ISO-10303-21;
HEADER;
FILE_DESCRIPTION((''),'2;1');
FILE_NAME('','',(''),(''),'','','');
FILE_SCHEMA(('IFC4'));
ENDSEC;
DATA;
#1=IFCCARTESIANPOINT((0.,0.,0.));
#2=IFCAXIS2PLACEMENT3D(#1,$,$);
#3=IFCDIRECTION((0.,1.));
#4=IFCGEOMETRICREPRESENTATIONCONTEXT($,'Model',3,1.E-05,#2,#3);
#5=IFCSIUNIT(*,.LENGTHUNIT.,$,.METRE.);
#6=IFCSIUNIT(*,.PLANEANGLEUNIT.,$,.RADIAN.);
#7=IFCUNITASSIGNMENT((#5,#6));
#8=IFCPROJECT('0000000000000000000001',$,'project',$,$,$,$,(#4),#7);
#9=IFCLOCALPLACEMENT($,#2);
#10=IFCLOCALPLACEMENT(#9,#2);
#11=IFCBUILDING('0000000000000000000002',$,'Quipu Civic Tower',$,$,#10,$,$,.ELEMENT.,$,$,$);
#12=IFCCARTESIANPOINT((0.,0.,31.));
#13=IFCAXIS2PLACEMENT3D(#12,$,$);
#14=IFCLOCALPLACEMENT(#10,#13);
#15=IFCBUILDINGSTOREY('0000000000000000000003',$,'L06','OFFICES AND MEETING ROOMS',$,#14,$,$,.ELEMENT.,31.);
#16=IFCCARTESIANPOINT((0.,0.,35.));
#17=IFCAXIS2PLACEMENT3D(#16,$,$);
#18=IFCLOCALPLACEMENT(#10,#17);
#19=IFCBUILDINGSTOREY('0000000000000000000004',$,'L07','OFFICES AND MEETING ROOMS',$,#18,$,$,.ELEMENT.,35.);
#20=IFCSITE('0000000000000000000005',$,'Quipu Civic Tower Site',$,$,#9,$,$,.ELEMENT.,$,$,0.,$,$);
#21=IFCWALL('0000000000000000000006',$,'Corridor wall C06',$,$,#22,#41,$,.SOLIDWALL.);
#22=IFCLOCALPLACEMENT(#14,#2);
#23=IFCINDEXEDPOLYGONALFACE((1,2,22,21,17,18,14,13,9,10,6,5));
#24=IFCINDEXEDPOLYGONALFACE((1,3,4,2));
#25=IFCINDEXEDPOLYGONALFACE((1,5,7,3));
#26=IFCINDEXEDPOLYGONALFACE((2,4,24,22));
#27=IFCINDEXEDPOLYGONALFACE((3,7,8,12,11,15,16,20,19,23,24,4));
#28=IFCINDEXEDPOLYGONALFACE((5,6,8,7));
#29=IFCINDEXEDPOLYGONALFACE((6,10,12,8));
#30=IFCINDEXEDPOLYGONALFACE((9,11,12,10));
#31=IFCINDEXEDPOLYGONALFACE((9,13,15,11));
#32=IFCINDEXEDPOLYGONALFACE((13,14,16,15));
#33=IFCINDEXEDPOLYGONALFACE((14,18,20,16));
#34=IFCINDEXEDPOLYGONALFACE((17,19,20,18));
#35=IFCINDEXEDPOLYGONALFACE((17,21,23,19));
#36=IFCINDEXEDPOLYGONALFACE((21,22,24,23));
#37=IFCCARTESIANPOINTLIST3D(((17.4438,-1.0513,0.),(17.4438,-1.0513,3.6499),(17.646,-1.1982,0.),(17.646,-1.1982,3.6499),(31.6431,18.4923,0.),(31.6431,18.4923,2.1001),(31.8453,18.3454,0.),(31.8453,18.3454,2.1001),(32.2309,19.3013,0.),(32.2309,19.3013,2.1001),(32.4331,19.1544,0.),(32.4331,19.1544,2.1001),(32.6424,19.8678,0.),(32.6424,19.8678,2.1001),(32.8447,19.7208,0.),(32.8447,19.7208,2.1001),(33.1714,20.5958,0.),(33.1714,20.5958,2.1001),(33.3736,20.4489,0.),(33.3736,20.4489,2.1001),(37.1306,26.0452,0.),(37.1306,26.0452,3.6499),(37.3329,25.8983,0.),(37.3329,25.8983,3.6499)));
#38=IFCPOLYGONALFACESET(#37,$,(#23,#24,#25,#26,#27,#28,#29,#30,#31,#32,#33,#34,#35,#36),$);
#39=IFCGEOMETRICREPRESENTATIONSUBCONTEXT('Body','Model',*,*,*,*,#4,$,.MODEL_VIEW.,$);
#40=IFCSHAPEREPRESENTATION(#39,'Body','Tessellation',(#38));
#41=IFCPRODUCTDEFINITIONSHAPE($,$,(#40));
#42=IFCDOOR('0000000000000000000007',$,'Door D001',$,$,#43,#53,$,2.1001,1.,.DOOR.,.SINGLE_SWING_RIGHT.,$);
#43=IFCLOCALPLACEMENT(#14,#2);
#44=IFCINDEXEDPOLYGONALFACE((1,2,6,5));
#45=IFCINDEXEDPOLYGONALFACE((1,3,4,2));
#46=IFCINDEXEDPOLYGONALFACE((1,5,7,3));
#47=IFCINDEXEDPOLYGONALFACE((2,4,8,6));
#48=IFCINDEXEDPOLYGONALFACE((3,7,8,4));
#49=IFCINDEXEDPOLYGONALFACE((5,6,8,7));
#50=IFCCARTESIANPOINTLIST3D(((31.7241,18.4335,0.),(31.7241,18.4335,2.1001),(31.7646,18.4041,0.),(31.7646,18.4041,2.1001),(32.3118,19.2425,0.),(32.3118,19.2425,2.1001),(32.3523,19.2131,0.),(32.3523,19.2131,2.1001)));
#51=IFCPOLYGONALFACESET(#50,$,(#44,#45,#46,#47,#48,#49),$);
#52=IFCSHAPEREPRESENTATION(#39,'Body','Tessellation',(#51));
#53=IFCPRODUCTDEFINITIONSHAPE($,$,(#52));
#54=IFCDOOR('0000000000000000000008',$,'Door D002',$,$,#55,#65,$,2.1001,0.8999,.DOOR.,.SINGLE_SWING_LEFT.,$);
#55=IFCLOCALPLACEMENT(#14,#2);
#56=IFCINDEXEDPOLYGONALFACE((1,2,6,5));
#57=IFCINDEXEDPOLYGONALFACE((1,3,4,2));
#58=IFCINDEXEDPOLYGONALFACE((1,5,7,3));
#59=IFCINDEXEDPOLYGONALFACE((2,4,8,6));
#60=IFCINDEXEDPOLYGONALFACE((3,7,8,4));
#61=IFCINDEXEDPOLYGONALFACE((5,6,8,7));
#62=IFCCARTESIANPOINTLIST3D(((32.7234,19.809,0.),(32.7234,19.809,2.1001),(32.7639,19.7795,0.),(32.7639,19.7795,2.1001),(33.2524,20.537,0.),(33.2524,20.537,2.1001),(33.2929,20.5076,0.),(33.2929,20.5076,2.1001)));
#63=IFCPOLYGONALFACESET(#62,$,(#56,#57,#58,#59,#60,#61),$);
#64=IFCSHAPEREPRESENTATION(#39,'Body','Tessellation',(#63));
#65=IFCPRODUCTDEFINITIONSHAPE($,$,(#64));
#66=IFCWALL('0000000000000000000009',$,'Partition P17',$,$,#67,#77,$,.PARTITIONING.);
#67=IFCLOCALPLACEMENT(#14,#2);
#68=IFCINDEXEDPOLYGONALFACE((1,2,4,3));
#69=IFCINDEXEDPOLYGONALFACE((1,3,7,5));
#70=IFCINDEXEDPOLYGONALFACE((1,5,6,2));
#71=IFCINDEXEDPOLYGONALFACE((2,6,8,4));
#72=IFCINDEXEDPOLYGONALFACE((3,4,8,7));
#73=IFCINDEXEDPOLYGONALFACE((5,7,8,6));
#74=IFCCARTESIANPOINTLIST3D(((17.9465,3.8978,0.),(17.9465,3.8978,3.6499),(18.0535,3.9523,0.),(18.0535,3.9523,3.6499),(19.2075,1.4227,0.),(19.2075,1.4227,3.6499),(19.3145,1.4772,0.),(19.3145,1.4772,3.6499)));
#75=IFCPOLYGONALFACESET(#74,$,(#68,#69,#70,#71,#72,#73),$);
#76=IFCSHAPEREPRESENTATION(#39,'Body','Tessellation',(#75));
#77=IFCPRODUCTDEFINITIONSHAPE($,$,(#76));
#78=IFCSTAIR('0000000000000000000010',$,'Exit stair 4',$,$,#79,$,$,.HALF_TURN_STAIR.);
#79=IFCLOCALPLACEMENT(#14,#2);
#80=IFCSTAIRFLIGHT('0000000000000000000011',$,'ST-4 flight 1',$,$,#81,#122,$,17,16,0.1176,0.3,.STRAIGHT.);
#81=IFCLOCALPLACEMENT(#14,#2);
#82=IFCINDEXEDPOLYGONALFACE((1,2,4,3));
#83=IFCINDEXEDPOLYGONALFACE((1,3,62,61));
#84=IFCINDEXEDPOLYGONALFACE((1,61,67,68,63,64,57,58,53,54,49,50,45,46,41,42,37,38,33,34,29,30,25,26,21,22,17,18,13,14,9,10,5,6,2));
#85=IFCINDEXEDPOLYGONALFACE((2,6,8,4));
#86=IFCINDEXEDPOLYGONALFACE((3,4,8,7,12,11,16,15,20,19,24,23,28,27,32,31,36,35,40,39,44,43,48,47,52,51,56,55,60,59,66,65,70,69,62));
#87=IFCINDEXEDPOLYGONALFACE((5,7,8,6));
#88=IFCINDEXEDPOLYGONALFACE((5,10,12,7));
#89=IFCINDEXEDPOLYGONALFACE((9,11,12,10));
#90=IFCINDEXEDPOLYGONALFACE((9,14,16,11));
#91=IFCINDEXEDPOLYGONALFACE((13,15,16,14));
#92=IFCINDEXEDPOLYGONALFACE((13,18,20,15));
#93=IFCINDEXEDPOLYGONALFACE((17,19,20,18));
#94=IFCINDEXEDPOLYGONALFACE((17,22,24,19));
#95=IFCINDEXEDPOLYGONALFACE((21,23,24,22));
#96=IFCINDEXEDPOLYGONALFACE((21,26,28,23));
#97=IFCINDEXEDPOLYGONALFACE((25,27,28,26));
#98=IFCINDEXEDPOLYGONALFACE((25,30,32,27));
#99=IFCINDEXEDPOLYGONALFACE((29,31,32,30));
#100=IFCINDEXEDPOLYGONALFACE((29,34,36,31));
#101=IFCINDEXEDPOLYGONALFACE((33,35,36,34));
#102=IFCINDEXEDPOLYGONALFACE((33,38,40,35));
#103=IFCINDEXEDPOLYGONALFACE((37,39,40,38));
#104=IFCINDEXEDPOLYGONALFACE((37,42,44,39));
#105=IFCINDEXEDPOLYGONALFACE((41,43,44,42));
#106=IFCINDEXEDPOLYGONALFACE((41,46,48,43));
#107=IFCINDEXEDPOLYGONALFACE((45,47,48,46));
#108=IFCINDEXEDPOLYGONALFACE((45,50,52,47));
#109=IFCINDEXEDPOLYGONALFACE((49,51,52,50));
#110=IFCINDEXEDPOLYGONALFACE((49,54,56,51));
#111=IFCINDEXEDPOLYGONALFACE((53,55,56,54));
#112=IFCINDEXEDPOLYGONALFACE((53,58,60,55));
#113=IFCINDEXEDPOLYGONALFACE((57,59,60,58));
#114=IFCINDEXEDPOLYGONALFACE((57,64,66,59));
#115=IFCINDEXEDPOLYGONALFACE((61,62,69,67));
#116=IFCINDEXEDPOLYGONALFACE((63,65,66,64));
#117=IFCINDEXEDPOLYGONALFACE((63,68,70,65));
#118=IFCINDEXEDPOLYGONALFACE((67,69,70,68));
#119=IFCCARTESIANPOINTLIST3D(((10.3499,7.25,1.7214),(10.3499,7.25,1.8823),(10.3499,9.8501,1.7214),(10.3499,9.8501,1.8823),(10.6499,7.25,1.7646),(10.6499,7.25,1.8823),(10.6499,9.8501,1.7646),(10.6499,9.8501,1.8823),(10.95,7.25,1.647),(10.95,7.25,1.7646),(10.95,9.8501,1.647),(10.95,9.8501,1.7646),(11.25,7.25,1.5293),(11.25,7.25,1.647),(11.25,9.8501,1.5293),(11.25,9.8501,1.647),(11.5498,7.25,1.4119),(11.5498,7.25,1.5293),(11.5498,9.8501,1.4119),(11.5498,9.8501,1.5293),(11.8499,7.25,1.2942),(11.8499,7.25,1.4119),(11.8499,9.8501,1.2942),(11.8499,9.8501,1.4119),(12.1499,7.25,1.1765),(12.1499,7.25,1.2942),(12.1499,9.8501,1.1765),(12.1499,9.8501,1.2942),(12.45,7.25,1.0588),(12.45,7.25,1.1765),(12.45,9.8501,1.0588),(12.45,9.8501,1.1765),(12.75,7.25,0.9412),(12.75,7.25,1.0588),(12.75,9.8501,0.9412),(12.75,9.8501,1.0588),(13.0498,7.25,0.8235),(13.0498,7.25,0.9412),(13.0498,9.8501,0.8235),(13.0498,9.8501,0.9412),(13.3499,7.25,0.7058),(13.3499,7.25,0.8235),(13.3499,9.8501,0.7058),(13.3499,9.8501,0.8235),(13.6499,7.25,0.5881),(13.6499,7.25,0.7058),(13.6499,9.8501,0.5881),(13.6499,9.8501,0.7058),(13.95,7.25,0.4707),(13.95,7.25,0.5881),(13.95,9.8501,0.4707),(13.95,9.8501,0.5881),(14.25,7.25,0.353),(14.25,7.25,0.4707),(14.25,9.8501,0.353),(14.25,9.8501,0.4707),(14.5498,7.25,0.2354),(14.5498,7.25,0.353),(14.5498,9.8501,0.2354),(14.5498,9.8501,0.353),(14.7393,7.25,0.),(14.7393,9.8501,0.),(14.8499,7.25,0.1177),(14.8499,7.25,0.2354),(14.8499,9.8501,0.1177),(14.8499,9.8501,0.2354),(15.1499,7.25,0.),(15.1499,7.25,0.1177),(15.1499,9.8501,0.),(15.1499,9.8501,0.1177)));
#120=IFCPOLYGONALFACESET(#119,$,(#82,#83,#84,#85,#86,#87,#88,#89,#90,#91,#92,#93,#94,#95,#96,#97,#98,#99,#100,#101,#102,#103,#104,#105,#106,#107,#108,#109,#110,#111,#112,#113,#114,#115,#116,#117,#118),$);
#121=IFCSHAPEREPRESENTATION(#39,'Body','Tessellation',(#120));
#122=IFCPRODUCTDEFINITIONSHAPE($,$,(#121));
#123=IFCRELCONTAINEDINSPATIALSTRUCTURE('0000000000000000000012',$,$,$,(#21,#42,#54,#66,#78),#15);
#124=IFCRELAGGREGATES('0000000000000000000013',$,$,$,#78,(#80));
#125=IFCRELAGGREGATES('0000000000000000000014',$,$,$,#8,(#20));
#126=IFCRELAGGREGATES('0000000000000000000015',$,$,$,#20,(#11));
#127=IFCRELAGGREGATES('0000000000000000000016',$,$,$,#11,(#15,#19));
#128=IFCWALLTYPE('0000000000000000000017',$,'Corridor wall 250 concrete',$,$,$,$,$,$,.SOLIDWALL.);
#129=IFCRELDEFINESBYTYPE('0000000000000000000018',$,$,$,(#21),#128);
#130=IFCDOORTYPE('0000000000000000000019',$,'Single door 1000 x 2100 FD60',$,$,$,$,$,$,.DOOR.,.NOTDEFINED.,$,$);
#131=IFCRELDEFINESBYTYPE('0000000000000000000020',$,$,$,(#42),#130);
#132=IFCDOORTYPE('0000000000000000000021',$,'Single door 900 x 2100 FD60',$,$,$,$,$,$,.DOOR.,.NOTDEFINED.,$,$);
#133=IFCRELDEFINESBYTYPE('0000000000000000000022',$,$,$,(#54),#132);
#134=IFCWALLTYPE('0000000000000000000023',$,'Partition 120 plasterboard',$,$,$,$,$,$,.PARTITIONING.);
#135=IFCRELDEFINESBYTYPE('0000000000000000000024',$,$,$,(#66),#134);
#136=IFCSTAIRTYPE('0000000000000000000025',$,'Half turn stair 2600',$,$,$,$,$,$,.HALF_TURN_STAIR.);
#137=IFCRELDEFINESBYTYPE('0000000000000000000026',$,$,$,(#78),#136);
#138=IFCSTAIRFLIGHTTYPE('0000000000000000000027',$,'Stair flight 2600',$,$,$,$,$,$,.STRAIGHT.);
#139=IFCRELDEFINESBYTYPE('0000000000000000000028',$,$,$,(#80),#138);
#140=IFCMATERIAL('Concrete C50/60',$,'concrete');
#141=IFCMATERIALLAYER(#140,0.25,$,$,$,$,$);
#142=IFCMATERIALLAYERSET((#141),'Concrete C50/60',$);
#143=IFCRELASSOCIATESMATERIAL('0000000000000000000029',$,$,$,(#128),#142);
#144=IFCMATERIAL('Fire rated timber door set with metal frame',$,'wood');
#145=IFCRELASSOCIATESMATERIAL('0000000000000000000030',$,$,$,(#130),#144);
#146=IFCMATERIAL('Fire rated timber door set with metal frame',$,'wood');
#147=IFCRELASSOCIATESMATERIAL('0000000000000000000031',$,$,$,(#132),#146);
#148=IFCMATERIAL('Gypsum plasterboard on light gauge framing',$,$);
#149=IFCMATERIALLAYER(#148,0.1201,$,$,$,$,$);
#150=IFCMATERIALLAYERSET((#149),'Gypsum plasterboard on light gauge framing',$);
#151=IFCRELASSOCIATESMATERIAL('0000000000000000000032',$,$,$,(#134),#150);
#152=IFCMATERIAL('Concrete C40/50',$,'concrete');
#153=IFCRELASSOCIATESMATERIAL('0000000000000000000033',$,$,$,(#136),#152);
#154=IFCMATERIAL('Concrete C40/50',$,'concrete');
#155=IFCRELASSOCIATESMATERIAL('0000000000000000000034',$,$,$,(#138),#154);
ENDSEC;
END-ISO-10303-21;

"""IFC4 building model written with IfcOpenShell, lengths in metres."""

from ifc_helpers import new_model, si_unit, direction, frame, frame_2d, origin, place, context, subcontext, project, spatial, polyline, rectangle, outline, extrude, material, layer, layer_set, type_object, element, fill, aggregate, save


model = new_model("IFC4")

# Units and contexts
model_context = context("Model", 3, precision=1e-05, world=origin(), true_north=direction((0.0, 1.0)))
body_context = subcontext(model_context, "Body", "Model", "MODEL_VIEW")
ifc_project = project(units=[si_unit("LENGTHUNIT", "METRE"), si_unit("PLANEANGLEUNIT", "RADIAN")], contexts=[model_context])

# Site, building, storey
site_placement = place(None, origin())
site = spatial("IfcSite", under=ifc_project, at=site_placement, Name="Quipu Civic Tower Site", CompositionType="ELEMENT", RefElevation=0.0)
building_placement = place(site_placement, origin())
building = spatial("IfcBuilding", under=site, at=building_placement, Name="Quipu Civic Tower", CompositionType="ELEMENT")
storey_1_placement = place(building_placement, frame((0.0, 0.0, 31.0)))
storey_1 = spatial("IfcBuildingStorey", under=building, at=storey_1_placement, Name="L06", Description="OFFICES AND MEETING ROOMS", CompositionType="ELEMENT", Elevation=31.0)

# Shared definitions
storey_2_placement = place(building_placement, frame((0.0, 0.0, 35.0)))
storey_2 = spatial("IfcBuildingStorey", under=building, at=storey_2_placement, Name="L07", Description="OFFICES AND MEETING ROOMS", CompositionType="ELEMENT", Elevation=35.0)

# Wall, openings, doors
ifc_material_1 = material(Name="Concrete C50/60", Category="concrete")
ifc_layer_1 = layer(ifc_material_1, 0.25)
ifc_layer_set_1 = layer_set([ifc_layer_1], Name="Concrete C50/60")
wall_type_1 = type_object("IfcWallType", Name="Corridor wall 250 concrete", PredefinedType="SOLIDWALL", material=ifc_layer_set_1)
wall_1_placement = place(storey_1_placement, frame((17.5449, -1.1248, 0.0), z_axis=(0.0, 0.0, 1.0), x_axis=(0.587786, 0.809016, 0.0)))
wall_1 = element("IfcWall", 1, at=wall_1_placement, inside=storey_1, type_object=wall_type_1, Name="Corridor wall C06", PredefinedType="SOLIDWALL", context=body_context, shape_type="SweptSolid", body=[
    extrude(rectangle(XDim=33.4932, YDim=0.25, at=frame_2d((16.7466, 0.0))), origin(), (0.0, 0.0, 1.0), 3.6499),
])
opening_1_placement = place(wall_1_placement, frame((25.8574, 0.0, 0.0)))
opening_1 = element("IfcOpeningElement", 2, at=opening_1_placement, cuts=wall_1, PredefinedType="OPENING", context=body_context, shape_type="SweptSolid", body=[
    extrude(rectangle(XDim=0.8999, YDim=2.1001, at=frame_2d((0.45, 1.05))), frame((0.0, 0.135, 0.0), z_axis=(0.0, -1.0, 0.0), x_axis=(1.0, 0.0, 0.0)), (0.0, 0.0, 1.0), 0.27),
])
opening_2_placement = place(wall_1_placement, frame((24.1572, 0.0, 0.0)))
opening_2 = element("IfcOpeningElement", 3, at=opening_2_placement, cuts=wall_1, PredefinedType="OPENING", context=body_context, shape_type="SweptSolid", body=[
    extrude(rectangle(XDim=1.0, YDim=2.1001, at=frame_2d((0.5, 1.05))), frame((0.0, 0.135, 0.0), z_axis=(0.0, -1.0, 0.0), x_axis=(1.0, 0.0, 0.0)), (0.0, 0.0, 1.0), 0.27),
])
ifc_material_2 = material(Name="Fire rated timber door set with metal frame", Category="wood")
door_type_1 = type_object("IfcDoorType", Name="Single door 1000 x 2100 FD60", OperationType="NOTDEFINED", PredefinedType="DOOR", material=ifc_material_2)
door_1_placement = place(opening_2_placement, origin())
door_1 = element("IfcDoor", 4, at=door_1_placement, inside=storey_1, type_object=door_type_1, Name="Door D001", OperationType="SINGLE_SWING_RIGHT", OverallHeight=2.1001, OverallWidth=1.0, PredefinedType="DOOR", context=body_context, shape_type="SweptSolid", body=[
    extrude(rectangle(XDim=1.0, YDim=2.1001, at=frame_2d((0.5, 1.05))), frame((0.0, 0.0249, 0.0), z_axis=(0.0, -1.0, 0.0), x_axis=(1.0, 0.0, 0.0)), (0.0, 0.0, 1.0), 0.05),
])
fill(opening_2, door_1)
ifc_material_3 = material(Name="Fire rated timber door set with metal frame", Category="wood")
door_type_2 = type_object("IfcDoorType", Name="Single door 900 x 2100 FD60", OperationType="NOTDEFINED", PredefinedType="DOOR", material=ifc_material_3)
door_2_placement = place(opening_1_placement, origin())
door_2 = element("IfcDoor", 5, at=door_2_placement, inside=storey_1, type_object=door_type_2, Name="Door D002", OperationType="SINGLE_SWING_LEFT", OverallHeight=2.1001, OverallWidth=0.8999, PredefinedType="DOOR", context=body_context, shape_type="SweptSolid", body=[
    extrude(rectangle(XDim=0.8999, YDim=2.1001, at=frame_2d((0.45, 1.05))), frame((0.0, 0.0249, 0.0), z_axis=(0.0, -1.0, 0.0), x_axis=(1.0, 0.0, 0.0)), (0.0, 0.0, 1.0), 0.05),
])
fill(opening_1, door_2)

# Wall
ifc_material_4 = material(Name="Gypsum plasterboard on light gauge framing")
ifc_layer_2 = layer(ifc_material_4, 0.1201)
ifc_layer_set_2 = layer_set([ifc_layer_2], Name="Gypsum plasterboard on light gauge framing")
wall_type_2 = type_object("IfcWallType", Name="Partition 120 plasterboard", PredefinedType="PARTITIONING", material=ifc_layer_set_2)
wall_2_placement = place(storey_1_placement, frame((18.0, 3.925, 0.0), z_axis=(0.0, 0.0, 1.0), x_axis=(0.453951, -0.891027, 0.0)))
element("IfcWall", 6, at=wall_2_placement, inside=storey_1, type_object=wall_type_2, Name="Partition P17", PredefinedType="PARTITIONING", context=body_context, shape_type="SweptSolid", body=[
    extrude(rectangle(XDim=2.7778, YDim=0.1201, at=frame_2d((1.3889, 0.0))), origin(), (0.0, 0.0, 1.0), 3.6499),
])

# Stair, stair flight
ifc_material_5 = material(Name="Concrete C40/50", Category="concrete")
stair_type = type_object("IfcStairType", Name="Half turn stair 2600", PredefinedType="HALF_TURN_STAIR", material=ifc_material_5)
stair_placement = place(storey_1_placement, origin())
stair = element("IfcStair", 7, at=stair_placement, inside=storey_1, type_object=stair_type, Name="Exit stair 4", PredefinedType="HALF_TURN_STAIR")
ifc_material_6 = material(Name="Concrete C40/50", Category="concrete")
stair_flight_type = type_object("IfcStairFlightType", Name="Stair flight 2600", PredefinedType="STRAIGHT", material=ifc_material_6)
stair_flight_placement = place(storey_1_placement, frame((15.1499, 8.55, 0.0), z_axis=(0.0, 0.0, 1.0), x_axis=(-1.0, 0.0, 0.0)))
stair_flight = element("IfcStairFlight", 8, at=stair_flight_placement, type_object=stair_flight_type, Name="ST-4 flight 1", NumberOfRisers=17, NumberOfTreads=16, PredefinedType="STRAIGHT", RiserHeight=0.1176, TreadLength=0.3, context=body_context, shape_type="SweptSolid", body=[
    extrude(outline(polyline([(0.0, 0.0), (0.0, 0.1177), (0.3, 0.1177), (0.3, 0.2354), (0.6001, 0.2354), (0.6001, 0.353), (0.8999, 0.353), (0.8999, 0.4707), (1.2, 0.4707), (1.2, 0.5881), (1.5, 0.5881), (1.5, 0.7058), (1.8, 0.7058), (1.8, 0.8235), (2.1001, 0.8235), (2.1001, 0.9412), (2.3999, 0.9412), (2.3999, 1.0588), (2.7, 1.0588), (2.7, 1.1765), (3.0, 1.1765), (3.0, 1.2942), (3.3, 1.2942), (3.3, 1.4119), (3.6001, 1.4119), (3.6001, 1.5293), (3.8999, 1.5293), (3.8999, 1.647), (4.2, 1.647), (4.2, 1.7646), (4.5, 1.7646), (4.5, 1.8823), (4.8, 1.8823), (4.8, 2.0), (4.8, 1.7214), (0.4106, 0.0), (0.0, 0.0)])), frame((0.0, 1.3, 0.0), z_axis=(0.0, -1.0, 0.0), x_axis=(1.0, 0.0, 0.0)), (0.0, 0.0, 1.0), 2.6001),
])
aggregate(stair, [stair_flight])

save(model, "model.ifc")
